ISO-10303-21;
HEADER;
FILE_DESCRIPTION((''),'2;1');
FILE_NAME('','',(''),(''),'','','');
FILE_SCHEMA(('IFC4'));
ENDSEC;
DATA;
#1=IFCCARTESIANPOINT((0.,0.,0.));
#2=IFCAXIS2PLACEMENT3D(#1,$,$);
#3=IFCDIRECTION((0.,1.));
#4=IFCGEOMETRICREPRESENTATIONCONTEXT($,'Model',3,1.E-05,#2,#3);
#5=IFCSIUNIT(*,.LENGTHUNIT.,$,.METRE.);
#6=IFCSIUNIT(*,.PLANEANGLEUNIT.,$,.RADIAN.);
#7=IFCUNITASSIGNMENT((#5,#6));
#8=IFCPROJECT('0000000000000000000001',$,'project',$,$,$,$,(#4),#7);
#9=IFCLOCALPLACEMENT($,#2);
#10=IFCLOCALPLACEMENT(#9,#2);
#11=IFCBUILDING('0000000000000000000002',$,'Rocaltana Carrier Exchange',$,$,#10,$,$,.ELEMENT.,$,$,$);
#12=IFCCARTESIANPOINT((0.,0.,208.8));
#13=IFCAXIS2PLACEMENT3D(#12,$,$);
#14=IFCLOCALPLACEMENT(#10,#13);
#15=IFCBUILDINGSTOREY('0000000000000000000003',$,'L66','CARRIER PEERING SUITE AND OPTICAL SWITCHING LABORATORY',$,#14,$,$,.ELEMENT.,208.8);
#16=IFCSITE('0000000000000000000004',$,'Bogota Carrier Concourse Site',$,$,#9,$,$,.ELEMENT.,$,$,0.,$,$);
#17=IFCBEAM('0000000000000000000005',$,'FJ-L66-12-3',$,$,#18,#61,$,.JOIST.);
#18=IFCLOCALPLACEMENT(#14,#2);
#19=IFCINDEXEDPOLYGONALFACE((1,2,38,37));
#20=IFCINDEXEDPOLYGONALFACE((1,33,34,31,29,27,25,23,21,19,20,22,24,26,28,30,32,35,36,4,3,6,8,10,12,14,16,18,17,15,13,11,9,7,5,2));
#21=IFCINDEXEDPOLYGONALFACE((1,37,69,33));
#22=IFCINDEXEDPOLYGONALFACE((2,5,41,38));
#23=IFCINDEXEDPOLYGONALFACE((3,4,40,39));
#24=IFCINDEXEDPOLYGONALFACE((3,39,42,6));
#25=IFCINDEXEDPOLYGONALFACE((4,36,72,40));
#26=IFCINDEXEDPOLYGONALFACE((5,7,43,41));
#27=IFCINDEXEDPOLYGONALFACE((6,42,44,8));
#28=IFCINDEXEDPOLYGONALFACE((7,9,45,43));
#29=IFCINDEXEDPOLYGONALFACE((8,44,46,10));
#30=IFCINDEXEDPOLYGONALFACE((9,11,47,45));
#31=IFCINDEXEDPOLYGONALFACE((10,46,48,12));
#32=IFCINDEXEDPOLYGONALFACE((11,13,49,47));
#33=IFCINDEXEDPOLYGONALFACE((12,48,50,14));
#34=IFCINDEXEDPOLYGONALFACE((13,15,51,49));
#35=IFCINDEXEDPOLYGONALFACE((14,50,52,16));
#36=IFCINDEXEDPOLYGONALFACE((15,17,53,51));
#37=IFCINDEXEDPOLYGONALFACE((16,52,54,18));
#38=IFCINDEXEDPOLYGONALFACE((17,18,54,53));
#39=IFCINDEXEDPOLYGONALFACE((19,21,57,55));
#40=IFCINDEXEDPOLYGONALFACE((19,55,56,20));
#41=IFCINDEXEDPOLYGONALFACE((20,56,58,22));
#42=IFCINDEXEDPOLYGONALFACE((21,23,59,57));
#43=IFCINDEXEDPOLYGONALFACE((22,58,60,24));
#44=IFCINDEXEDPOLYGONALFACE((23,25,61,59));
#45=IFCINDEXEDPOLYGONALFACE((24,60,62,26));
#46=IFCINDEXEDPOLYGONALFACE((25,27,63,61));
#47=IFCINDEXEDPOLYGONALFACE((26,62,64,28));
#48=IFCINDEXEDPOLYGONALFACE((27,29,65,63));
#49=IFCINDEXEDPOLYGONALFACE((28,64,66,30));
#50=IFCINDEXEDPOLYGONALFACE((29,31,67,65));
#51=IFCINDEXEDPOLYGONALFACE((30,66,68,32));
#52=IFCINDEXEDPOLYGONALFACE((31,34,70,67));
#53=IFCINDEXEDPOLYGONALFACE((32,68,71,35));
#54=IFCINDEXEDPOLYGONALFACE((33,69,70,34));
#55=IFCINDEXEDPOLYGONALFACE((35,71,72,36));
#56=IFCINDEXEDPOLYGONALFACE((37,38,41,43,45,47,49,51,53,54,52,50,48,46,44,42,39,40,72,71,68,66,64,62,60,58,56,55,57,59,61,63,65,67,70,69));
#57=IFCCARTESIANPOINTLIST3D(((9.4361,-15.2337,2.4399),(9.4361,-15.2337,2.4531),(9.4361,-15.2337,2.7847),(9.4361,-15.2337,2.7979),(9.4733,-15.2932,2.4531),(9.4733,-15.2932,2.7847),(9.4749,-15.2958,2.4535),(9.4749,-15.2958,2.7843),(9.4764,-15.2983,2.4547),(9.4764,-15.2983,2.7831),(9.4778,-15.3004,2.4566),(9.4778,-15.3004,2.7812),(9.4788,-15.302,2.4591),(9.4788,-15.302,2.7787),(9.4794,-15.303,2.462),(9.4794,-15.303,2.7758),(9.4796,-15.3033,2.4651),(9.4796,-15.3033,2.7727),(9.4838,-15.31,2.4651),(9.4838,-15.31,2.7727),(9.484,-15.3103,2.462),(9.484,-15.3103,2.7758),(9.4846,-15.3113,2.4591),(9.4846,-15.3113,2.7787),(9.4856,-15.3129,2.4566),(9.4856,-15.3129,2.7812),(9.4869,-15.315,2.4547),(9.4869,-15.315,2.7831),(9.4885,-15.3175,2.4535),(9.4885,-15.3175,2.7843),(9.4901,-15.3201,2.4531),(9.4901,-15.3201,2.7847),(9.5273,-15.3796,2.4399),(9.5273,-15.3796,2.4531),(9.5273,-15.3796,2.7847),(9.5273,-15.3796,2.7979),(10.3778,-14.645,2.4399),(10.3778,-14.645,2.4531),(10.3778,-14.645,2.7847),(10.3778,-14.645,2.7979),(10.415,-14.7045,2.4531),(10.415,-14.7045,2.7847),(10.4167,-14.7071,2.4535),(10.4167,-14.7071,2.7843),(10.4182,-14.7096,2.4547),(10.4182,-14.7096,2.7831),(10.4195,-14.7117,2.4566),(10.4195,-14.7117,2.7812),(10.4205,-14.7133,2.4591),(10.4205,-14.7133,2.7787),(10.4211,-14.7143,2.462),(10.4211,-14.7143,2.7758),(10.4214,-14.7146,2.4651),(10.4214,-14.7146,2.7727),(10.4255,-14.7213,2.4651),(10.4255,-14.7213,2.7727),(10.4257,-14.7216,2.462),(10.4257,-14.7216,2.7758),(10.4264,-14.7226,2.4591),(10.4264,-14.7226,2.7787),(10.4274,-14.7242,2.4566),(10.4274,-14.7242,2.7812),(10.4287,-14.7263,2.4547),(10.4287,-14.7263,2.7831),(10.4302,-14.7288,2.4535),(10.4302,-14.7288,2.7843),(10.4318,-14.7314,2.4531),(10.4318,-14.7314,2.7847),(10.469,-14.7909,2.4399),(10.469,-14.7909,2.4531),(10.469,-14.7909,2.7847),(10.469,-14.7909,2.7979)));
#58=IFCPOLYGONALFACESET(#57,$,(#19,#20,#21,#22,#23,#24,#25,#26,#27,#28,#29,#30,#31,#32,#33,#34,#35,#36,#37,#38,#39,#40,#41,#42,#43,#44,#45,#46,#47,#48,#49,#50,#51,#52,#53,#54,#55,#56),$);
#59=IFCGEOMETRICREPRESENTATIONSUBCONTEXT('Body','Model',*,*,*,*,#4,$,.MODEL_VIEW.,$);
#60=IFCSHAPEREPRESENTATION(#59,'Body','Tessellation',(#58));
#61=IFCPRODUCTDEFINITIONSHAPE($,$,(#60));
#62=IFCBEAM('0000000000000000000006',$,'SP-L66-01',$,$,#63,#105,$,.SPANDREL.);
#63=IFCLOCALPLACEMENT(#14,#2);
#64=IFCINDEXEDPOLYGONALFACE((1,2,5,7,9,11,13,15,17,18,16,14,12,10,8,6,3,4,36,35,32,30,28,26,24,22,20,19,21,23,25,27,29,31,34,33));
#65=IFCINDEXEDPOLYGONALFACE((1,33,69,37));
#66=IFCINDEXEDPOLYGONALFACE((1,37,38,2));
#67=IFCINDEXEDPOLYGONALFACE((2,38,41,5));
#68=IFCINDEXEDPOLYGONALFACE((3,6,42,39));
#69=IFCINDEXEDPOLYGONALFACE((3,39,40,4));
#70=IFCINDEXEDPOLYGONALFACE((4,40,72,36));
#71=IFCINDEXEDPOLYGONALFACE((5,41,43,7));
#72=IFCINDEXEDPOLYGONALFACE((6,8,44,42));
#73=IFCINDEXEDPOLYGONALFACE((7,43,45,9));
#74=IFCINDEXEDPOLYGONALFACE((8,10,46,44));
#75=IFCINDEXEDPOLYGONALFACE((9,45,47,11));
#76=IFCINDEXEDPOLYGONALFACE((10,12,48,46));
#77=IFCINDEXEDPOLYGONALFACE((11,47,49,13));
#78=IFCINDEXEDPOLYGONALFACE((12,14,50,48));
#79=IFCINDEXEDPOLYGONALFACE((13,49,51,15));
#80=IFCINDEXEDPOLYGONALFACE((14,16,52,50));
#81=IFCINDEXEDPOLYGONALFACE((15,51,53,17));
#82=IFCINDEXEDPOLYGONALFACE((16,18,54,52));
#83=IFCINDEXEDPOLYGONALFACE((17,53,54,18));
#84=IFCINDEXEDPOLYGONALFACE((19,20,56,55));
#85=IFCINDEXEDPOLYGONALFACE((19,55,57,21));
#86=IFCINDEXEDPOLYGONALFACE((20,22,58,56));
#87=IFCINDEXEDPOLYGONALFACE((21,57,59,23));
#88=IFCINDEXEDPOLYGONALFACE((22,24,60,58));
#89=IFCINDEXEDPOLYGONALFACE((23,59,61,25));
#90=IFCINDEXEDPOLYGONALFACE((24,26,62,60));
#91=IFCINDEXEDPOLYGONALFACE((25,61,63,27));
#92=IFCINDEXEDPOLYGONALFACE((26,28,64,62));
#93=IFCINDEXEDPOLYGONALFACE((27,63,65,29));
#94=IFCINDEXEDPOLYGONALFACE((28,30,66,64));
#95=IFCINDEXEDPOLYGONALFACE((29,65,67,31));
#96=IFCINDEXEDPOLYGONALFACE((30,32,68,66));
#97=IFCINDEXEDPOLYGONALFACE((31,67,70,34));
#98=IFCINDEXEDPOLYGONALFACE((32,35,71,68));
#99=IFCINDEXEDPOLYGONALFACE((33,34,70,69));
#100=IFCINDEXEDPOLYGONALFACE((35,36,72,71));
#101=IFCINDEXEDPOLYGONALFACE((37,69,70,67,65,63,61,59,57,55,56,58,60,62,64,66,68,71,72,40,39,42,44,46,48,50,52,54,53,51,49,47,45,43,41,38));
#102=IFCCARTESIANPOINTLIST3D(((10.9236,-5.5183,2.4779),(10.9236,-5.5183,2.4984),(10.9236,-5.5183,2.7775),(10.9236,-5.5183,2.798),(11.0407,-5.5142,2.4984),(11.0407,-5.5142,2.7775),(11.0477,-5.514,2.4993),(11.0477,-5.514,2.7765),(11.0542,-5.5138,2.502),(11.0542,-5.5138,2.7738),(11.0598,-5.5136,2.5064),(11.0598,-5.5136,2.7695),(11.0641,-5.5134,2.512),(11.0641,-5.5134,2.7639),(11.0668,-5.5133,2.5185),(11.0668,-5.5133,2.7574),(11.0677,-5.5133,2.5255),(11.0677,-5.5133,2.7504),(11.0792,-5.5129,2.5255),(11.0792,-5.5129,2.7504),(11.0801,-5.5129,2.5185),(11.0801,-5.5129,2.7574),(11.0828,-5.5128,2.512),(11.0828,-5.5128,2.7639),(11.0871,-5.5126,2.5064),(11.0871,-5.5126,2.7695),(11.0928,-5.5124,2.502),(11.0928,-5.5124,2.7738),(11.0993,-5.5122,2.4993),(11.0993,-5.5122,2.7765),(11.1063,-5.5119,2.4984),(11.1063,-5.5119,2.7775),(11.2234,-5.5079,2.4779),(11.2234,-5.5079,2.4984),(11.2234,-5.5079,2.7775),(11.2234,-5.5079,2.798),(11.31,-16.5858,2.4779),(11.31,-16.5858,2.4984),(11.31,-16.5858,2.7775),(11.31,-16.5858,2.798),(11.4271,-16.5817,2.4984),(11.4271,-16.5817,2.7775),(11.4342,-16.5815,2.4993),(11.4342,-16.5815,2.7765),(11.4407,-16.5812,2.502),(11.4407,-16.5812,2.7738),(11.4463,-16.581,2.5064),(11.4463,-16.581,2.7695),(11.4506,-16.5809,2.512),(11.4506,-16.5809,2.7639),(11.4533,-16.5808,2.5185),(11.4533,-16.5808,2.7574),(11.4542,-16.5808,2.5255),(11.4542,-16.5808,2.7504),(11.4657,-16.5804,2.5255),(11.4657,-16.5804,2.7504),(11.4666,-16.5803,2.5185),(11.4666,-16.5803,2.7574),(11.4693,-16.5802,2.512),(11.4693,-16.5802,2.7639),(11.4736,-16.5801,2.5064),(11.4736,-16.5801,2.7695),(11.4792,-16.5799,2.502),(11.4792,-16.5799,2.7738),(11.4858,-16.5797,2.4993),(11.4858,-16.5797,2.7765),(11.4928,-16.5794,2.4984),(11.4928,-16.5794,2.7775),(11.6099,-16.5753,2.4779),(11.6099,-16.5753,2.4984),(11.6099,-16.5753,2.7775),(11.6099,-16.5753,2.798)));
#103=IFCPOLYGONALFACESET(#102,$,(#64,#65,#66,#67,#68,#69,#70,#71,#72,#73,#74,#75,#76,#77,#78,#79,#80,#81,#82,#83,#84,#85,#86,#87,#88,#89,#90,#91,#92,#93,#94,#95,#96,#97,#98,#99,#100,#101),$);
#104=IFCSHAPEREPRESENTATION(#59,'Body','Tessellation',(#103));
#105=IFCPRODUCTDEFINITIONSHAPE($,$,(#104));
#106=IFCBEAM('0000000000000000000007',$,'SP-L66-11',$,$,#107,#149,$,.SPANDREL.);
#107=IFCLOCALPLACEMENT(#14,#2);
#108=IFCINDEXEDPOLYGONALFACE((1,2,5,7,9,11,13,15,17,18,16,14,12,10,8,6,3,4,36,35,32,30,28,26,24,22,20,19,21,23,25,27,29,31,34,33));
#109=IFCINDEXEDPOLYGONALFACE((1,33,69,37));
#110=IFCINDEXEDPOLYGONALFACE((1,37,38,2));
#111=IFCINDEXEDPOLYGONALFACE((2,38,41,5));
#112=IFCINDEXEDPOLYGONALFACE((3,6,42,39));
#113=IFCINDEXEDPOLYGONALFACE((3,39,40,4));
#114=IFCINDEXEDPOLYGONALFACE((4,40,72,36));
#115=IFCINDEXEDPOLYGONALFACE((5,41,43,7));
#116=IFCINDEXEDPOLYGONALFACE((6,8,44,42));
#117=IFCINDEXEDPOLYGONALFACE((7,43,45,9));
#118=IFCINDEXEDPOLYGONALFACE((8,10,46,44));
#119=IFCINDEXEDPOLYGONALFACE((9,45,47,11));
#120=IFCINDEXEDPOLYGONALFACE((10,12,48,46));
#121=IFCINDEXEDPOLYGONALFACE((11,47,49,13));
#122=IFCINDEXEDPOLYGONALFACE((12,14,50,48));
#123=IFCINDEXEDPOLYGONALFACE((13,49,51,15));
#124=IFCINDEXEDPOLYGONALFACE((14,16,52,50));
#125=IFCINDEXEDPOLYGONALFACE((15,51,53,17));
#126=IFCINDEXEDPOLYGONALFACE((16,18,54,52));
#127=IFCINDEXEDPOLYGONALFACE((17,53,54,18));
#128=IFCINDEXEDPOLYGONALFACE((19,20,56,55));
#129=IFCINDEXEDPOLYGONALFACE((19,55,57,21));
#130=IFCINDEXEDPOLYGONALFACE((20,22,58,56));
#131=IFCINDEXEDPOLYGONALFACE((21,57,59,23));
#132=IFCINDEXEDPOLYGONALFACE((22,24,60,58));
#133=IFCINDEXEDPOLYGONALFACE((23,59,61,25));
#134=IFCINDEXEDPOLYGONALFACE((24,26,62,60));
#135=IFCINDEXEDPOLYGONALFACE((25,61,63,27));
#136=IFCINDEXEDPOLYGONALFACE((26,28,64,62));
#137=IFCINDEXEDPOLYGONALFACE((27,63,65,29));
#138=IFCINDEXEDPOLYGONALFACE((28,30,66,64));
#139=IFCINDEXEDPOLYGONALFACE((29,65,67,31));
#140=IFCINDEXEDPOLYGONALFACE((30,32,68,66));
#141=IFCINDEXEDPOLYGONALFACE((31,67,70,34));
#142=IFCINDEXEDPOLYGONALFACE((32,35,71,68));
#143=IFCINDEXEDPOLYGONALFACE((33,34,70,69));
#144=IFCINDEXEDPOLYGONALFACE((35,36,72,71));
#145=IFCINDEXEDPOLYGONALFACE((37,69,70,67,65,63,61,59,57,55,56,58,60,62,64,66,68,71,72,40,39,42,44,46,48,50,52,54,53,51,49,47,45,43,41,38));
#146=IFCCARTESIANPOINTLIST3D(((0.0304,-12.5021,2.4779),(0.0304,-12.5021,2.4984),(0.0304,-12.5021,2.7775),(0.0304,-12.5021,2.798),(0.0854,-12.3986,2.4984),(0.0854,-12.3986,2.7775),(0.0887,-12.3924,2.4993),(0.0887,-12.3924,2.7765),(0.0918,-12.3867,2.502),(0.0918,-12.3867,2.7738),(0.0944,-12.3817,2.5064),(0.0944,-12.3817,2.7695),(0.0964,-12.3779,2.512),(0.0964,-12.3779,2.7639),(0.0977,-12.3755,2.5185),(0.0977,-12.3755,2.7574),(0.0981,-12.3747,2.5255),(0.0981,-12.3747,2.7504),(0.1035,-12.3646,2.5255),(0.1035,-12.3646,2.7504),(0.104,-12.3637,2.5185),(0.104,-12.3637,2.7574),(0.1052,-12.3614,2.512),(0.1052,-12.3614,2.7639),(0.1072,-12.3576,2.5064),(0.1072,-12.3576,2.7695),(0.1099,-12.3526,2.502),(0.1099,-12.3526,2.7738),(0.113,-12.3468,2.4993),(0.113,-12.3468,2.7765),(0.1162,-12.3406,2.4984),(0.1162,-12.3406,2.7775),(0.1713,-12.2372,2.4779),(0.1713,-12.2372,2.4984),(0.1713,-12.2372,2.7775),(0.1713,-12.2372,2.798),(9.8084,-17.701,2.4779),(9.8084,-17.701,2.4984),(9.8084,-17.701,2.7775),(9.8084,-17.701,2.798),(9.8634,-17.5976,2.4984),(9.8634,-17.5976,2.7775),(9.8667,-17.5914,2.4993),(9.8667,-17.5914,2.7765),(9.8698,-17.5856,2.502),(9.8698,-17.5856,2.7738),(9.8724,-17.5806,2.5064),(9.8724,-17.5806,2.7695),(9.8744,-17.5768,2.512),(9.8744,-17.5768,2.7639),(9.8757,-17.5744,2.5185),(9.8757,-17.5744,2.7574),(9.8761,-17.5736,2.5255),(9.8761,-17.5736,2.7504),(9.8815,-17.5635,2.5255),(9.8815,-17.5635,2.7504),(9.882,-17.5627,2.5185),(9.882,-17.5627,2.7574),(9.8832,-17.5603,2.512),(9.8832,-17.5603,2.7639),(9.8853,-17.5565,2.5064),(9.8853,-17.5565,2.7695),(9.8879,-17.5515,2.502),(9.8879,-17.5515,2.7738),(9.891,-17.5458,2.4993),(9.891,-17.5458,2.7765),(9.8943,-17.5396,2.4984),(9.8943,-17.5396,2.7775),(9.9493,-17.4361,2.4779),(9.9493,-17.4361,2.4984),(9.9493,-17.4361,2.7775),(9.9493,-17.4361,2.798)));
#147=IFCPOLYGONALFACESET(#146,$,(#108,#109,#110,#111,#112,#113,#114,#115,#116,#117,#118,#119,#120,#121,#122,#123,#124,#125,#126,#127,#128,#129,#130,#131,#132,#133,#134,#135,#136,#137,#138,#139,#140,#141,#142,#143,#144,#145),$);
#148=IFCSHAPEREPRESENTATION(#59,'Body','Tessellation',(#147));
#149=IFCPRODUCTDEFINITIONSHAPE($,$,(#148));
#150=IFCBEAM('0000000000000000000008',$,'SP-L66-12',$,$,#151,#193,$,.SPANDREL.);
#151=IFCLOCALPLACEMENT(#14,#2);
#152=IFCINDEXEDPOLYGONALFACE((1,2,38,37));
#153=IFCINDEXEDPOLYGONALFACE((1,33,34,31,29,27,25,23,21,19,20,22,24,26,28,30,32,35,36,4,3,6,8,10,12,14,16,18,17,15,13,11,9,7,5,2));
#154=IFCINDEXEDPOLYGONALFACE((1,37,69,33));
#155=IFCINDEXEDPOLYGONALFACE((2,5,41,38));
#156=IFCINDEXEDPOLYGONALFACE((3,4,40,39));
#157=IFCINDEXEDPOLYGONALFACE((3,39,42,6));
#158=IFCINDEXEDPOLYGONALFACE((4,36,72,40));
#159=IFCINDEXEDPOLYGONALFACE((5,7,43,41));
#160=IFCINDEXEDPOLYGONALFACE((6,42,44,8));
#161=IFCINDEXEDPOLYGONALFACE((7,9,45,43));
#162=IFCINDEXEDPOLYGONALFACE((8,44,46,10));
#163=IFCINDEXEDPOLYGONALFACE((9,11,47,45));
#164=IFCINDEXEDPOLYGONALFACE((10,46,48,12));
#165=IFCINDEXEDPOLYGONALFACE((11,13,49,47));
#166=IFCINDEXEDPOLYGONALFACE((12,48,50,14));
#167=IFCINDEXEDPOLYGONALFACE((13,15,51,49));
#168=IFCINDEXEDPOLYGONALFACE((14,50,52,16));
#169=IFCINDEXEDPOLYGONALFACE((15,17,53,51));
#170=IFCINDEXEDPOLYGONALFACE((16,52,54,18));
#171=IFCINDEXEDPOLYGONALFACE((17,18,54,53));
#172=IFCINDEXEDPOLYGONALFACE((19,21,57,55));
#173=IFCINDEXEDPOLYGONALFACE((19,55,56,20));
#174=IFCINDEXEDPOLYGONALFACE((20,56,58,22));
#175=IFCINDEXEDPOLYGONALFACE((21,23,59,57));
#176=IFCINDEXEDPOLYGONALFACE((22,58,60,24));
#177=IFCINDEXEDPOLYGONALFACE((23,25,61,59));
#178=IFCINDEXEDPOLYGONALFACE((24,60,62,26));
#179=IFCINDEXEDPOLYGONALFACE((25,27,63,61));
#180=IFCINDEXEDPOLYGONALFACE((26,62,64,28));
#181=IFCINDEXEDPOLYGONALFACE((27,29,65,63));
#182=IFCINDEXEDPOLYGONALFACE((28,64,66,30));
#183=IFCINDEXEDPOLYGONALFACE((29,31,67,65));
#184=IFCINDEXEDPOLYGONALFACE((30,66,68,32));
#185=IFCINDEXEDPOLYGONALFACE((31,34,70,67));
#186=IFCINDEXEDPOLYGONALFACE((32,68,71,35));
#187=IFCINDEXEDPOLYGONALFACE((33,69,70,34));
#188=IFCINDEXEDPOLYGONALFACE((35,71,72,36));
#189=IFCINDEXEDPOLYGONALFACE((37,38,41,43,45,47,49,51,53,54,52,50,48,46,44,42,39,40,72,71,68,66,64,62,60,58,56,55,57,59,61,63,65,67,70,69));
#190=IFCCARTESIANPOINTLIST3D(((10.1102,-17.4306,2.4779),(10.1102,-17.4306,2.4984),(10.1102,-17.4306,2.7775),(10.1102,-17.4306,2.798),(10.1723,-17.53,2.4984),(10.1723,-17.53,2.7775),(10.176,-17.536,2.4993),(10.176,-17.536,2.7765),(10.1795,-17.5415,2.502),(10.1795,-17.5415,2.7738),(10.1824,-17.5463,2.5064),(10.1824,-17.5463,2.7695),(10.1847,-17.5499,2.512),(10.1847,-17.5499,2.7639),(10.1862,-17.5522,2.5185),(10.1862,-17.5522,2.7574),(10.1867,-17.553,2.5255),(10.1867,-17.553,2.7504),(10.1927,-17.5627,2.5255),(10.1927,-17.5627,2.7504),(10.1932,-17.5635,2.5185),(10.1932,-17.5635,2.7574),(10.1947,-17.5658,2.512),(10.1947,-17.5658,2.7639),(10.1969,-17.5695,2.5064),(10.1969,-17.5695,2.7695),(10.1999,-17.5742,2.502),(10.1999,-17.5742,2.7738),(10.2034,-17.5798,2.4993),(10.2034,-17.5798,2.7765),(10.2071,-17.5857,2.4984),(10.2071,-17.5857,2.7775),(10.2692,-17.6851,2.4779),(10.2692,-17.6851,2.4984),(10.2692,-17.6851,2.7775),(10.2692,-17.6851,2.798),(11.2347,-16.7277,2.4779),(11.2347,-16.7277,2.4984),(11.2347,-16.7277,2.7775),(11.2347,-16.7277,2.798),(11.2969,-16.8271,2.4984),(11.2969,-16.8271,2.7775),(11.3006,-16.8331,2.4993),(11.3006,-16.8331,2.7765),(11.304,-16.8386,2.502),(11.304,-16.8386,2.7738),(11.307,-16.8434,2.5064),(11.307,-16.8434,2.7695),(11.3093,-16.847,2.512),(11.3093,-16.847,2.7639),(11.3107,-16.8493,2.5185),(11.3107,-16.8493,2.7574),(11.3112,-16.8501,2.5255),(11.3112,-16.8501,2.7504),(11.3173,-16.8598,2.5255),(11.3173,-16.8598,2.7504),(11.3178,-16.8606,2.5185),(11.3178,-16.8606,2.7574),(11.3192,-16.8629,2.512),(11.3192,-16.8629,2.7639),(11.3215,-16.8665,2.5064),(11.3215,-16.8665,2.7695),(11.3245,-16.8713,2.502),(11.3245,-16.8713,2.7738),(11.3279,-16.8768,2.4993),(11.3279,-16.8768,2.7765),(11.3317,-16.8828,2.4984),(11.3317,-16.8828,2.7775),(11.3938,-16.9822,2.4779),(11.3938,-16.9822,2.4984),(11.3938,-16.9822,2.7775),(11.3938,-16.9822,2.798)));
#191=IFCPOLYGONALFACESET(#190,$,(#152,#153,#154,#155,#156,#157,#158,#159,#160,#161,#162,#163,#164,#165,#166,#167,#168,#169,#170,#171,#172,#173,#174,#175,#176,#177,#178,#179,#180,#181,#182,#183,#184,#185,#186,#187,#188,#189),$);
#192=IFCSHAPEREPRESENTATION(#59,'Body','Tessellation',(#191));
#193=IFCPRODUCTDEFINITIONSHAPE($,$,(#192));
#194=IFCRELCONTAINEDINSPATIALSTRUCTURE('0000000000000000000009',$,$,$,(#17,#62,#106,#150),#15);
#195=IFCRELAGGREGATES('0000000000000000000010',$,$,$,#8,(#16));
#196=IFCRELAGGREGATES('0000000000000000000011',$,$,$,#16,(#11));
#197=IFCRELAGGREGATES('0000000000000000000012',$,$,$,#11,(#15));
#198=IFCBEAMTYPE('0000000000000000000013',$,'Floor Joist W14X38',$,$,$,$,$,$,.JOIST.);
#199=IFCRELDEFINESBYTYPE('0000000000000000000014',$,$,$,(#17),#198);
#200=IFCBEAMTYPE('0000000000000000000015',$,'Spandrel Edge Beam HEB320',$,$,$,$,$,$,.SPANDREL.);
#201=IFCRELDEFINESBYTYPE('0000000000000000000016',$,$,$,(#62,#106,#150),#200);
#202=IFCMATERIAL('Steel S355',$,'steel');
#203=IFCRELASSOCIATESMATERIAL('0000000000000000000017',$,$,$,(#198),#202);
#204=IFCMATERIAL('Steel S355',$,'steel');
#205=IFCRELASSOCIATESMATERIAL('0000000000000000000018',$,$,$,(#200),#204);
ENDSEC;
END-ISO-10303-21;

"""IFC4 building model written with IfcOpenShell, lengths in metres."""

from ifc_helpers import new_model, si_unit, direction, frame, origin, origin_2d, place, context, subcontext, project, spatial, i_section, extrude, material, material_profile, profile_set, type_object, element, save


model = new_model("IFC4")

# Units and contexts
model_context = context("Model", 3, precision=1e-05, world=origin(), true_north=direction((0.0, 1.0)))
body_context = subcontext(model_context, "Body", "Model", "MODEL_VIEW")
ifc_project = project(units=[si_unit("LENGTHUNIT", "METRE"), si_unit("PLANEANGLEUNIT", "RADIAN")], contexts=[model_context])

# Site, building, storey
site_placement = place(None, origin())
site = spatial("IfcSite", under=ifc_project, at=site_placement, Name="Bogota Carrier Concourse Site", CompositionType="ELEMENT", RefElevation=0.0)
building_placement = place(site_placement, origin())
building = spatial("IfcBuilding", under=site, at=building_placement, Name="Rocaltana Carrier Exchange", CompositionType="ELEMENT")
storey_placement = place(building_placement, frame((0.0, 0.0, 208.8)))
storey = spatial("IfcBuildingStorey", under=building, at=storey_placement, Name="L66", Description="CARRIER PEERING SUITE AND OPTICAL SWITCHING LABORATORY", CompositionType="ELEMENT", Elevation=208.8)

# Beams
ifc_material_1 = material(Name="Steel S355", Category="steel")
ifc_material_profile_1 = material_profile(ifc_material_1, i_section(OverallWidth=0.1721, OverallDepth=0.3579, WebThickness=0.0078, FlangeThickness=0.0132, FilletRadius=0.012, at=origin_2d()), Name="W14X38")
ifc_profile_set_1 = profile_set([ifc_material_profile_1], Name="Steel S355")
beam_type_1 = type_object("IfcBeamType", Name="Floor Joist W14X38", PredefinedType="JOIST", material=ifc_profile_set_1)
beam_1_placement = place(storey_placement, frame((9.4817, -15.3066, 2.6189), z_axis=(0.847961, 0.530058, 0.0), x_axis=(-0.530058, 0.847961, 0.0)))
element("IfcBeam", 1, at=beam_1_placement, inside=storey, type_object=beam_type_1, Name="FJ-L66-12-3", PredefinedType="JOIST", context=body_context, shape_type="SweptSolid", body=[
    extrude(i_section(OverallWidth=0.1721, OverallDepth=0.3579, WebThickness=0.0078, FlangeThickness=0.0132, FilletRadius=0.012, at=origin_2d()), origin(), (0.0, 0.0, 1.0), 1.1106),
])
ifc_material_2 = material(Name="Steel S355", Category="steel")
ifc_material_profile_2 = material_profile(ifc_material_2, i_section(OverallWidth=0.3, OverallDepth=0.3201, WebThickness=0.0115, FlangeThickness=0.0205, FilletRadius=0.0271, at=origin_2d()), Name="HEB320")
ifc_profile_set_2 = profile_set([ifc_material_profile_2], Name="Steel S355")
beam_type_2 = type_object("IfcBeamType", Name="Spandrel Edge Beam HEB320", PredefinedType="SPANDREL", material=ifc_profile_set_2)
for number, where, z_axis, x_axis, name in (
    (2, (11.46, -16.5806, 2.6379), (-0.034899, 0.999391, 0.0), (-0.999391, -0.034899, 0.0), "SP-L66-01"),
    (3, (0.1008, -12.3696, 2.6379), (0.882952, -0.469463, 0.0), (0.469463, 0.882952, 0.0), "SP-L66-11"),
):
    element("IfcBeam", number, at=place(storey_placement, frame(where, z_axis=z_axis, x_axis=x_axis)), inside=storey, type_object=beam_type_2, Name=name, PredefinedType="SPANDREL", context=body_context, shape_type="SweptSolid", body=[
        extrude(i_section(OverallWidth=0.3, OverallDepth=0.3201, WebThickness=0.0115, FlangeThickness=0.0205, FilletRadius=0.0271, at=origin_2d()), origin(), (0.0, 0.0, 1.0), 11.0742),
    ])
beam_2_placement = place(storey_placement, frame((10.1897, -17.5579, 2.6379), z_axis=(0.847978, 0.530032, 0.0), x_axis=(-0.530032, 0.847978, 0.0)))
element("IfcBeam", 4, at=beam_2_placement, inside=storey, type_object=beam_type_2, Name="SP-L66-12", PredefinedType="SPANDREL", context=body_context, shape_type="SweptSolid", body=[
    extrude(i_section(OverallWidth=0.3, OverallDepth=0.3201, WebThickness=0.0115, FlangeThickness=0.0205, FilletRadius=0.0271, at=origin_2d()), origin(), (0.0, 0.0, 1.0), 1.3262),
])

save(model, "model.ifc")
